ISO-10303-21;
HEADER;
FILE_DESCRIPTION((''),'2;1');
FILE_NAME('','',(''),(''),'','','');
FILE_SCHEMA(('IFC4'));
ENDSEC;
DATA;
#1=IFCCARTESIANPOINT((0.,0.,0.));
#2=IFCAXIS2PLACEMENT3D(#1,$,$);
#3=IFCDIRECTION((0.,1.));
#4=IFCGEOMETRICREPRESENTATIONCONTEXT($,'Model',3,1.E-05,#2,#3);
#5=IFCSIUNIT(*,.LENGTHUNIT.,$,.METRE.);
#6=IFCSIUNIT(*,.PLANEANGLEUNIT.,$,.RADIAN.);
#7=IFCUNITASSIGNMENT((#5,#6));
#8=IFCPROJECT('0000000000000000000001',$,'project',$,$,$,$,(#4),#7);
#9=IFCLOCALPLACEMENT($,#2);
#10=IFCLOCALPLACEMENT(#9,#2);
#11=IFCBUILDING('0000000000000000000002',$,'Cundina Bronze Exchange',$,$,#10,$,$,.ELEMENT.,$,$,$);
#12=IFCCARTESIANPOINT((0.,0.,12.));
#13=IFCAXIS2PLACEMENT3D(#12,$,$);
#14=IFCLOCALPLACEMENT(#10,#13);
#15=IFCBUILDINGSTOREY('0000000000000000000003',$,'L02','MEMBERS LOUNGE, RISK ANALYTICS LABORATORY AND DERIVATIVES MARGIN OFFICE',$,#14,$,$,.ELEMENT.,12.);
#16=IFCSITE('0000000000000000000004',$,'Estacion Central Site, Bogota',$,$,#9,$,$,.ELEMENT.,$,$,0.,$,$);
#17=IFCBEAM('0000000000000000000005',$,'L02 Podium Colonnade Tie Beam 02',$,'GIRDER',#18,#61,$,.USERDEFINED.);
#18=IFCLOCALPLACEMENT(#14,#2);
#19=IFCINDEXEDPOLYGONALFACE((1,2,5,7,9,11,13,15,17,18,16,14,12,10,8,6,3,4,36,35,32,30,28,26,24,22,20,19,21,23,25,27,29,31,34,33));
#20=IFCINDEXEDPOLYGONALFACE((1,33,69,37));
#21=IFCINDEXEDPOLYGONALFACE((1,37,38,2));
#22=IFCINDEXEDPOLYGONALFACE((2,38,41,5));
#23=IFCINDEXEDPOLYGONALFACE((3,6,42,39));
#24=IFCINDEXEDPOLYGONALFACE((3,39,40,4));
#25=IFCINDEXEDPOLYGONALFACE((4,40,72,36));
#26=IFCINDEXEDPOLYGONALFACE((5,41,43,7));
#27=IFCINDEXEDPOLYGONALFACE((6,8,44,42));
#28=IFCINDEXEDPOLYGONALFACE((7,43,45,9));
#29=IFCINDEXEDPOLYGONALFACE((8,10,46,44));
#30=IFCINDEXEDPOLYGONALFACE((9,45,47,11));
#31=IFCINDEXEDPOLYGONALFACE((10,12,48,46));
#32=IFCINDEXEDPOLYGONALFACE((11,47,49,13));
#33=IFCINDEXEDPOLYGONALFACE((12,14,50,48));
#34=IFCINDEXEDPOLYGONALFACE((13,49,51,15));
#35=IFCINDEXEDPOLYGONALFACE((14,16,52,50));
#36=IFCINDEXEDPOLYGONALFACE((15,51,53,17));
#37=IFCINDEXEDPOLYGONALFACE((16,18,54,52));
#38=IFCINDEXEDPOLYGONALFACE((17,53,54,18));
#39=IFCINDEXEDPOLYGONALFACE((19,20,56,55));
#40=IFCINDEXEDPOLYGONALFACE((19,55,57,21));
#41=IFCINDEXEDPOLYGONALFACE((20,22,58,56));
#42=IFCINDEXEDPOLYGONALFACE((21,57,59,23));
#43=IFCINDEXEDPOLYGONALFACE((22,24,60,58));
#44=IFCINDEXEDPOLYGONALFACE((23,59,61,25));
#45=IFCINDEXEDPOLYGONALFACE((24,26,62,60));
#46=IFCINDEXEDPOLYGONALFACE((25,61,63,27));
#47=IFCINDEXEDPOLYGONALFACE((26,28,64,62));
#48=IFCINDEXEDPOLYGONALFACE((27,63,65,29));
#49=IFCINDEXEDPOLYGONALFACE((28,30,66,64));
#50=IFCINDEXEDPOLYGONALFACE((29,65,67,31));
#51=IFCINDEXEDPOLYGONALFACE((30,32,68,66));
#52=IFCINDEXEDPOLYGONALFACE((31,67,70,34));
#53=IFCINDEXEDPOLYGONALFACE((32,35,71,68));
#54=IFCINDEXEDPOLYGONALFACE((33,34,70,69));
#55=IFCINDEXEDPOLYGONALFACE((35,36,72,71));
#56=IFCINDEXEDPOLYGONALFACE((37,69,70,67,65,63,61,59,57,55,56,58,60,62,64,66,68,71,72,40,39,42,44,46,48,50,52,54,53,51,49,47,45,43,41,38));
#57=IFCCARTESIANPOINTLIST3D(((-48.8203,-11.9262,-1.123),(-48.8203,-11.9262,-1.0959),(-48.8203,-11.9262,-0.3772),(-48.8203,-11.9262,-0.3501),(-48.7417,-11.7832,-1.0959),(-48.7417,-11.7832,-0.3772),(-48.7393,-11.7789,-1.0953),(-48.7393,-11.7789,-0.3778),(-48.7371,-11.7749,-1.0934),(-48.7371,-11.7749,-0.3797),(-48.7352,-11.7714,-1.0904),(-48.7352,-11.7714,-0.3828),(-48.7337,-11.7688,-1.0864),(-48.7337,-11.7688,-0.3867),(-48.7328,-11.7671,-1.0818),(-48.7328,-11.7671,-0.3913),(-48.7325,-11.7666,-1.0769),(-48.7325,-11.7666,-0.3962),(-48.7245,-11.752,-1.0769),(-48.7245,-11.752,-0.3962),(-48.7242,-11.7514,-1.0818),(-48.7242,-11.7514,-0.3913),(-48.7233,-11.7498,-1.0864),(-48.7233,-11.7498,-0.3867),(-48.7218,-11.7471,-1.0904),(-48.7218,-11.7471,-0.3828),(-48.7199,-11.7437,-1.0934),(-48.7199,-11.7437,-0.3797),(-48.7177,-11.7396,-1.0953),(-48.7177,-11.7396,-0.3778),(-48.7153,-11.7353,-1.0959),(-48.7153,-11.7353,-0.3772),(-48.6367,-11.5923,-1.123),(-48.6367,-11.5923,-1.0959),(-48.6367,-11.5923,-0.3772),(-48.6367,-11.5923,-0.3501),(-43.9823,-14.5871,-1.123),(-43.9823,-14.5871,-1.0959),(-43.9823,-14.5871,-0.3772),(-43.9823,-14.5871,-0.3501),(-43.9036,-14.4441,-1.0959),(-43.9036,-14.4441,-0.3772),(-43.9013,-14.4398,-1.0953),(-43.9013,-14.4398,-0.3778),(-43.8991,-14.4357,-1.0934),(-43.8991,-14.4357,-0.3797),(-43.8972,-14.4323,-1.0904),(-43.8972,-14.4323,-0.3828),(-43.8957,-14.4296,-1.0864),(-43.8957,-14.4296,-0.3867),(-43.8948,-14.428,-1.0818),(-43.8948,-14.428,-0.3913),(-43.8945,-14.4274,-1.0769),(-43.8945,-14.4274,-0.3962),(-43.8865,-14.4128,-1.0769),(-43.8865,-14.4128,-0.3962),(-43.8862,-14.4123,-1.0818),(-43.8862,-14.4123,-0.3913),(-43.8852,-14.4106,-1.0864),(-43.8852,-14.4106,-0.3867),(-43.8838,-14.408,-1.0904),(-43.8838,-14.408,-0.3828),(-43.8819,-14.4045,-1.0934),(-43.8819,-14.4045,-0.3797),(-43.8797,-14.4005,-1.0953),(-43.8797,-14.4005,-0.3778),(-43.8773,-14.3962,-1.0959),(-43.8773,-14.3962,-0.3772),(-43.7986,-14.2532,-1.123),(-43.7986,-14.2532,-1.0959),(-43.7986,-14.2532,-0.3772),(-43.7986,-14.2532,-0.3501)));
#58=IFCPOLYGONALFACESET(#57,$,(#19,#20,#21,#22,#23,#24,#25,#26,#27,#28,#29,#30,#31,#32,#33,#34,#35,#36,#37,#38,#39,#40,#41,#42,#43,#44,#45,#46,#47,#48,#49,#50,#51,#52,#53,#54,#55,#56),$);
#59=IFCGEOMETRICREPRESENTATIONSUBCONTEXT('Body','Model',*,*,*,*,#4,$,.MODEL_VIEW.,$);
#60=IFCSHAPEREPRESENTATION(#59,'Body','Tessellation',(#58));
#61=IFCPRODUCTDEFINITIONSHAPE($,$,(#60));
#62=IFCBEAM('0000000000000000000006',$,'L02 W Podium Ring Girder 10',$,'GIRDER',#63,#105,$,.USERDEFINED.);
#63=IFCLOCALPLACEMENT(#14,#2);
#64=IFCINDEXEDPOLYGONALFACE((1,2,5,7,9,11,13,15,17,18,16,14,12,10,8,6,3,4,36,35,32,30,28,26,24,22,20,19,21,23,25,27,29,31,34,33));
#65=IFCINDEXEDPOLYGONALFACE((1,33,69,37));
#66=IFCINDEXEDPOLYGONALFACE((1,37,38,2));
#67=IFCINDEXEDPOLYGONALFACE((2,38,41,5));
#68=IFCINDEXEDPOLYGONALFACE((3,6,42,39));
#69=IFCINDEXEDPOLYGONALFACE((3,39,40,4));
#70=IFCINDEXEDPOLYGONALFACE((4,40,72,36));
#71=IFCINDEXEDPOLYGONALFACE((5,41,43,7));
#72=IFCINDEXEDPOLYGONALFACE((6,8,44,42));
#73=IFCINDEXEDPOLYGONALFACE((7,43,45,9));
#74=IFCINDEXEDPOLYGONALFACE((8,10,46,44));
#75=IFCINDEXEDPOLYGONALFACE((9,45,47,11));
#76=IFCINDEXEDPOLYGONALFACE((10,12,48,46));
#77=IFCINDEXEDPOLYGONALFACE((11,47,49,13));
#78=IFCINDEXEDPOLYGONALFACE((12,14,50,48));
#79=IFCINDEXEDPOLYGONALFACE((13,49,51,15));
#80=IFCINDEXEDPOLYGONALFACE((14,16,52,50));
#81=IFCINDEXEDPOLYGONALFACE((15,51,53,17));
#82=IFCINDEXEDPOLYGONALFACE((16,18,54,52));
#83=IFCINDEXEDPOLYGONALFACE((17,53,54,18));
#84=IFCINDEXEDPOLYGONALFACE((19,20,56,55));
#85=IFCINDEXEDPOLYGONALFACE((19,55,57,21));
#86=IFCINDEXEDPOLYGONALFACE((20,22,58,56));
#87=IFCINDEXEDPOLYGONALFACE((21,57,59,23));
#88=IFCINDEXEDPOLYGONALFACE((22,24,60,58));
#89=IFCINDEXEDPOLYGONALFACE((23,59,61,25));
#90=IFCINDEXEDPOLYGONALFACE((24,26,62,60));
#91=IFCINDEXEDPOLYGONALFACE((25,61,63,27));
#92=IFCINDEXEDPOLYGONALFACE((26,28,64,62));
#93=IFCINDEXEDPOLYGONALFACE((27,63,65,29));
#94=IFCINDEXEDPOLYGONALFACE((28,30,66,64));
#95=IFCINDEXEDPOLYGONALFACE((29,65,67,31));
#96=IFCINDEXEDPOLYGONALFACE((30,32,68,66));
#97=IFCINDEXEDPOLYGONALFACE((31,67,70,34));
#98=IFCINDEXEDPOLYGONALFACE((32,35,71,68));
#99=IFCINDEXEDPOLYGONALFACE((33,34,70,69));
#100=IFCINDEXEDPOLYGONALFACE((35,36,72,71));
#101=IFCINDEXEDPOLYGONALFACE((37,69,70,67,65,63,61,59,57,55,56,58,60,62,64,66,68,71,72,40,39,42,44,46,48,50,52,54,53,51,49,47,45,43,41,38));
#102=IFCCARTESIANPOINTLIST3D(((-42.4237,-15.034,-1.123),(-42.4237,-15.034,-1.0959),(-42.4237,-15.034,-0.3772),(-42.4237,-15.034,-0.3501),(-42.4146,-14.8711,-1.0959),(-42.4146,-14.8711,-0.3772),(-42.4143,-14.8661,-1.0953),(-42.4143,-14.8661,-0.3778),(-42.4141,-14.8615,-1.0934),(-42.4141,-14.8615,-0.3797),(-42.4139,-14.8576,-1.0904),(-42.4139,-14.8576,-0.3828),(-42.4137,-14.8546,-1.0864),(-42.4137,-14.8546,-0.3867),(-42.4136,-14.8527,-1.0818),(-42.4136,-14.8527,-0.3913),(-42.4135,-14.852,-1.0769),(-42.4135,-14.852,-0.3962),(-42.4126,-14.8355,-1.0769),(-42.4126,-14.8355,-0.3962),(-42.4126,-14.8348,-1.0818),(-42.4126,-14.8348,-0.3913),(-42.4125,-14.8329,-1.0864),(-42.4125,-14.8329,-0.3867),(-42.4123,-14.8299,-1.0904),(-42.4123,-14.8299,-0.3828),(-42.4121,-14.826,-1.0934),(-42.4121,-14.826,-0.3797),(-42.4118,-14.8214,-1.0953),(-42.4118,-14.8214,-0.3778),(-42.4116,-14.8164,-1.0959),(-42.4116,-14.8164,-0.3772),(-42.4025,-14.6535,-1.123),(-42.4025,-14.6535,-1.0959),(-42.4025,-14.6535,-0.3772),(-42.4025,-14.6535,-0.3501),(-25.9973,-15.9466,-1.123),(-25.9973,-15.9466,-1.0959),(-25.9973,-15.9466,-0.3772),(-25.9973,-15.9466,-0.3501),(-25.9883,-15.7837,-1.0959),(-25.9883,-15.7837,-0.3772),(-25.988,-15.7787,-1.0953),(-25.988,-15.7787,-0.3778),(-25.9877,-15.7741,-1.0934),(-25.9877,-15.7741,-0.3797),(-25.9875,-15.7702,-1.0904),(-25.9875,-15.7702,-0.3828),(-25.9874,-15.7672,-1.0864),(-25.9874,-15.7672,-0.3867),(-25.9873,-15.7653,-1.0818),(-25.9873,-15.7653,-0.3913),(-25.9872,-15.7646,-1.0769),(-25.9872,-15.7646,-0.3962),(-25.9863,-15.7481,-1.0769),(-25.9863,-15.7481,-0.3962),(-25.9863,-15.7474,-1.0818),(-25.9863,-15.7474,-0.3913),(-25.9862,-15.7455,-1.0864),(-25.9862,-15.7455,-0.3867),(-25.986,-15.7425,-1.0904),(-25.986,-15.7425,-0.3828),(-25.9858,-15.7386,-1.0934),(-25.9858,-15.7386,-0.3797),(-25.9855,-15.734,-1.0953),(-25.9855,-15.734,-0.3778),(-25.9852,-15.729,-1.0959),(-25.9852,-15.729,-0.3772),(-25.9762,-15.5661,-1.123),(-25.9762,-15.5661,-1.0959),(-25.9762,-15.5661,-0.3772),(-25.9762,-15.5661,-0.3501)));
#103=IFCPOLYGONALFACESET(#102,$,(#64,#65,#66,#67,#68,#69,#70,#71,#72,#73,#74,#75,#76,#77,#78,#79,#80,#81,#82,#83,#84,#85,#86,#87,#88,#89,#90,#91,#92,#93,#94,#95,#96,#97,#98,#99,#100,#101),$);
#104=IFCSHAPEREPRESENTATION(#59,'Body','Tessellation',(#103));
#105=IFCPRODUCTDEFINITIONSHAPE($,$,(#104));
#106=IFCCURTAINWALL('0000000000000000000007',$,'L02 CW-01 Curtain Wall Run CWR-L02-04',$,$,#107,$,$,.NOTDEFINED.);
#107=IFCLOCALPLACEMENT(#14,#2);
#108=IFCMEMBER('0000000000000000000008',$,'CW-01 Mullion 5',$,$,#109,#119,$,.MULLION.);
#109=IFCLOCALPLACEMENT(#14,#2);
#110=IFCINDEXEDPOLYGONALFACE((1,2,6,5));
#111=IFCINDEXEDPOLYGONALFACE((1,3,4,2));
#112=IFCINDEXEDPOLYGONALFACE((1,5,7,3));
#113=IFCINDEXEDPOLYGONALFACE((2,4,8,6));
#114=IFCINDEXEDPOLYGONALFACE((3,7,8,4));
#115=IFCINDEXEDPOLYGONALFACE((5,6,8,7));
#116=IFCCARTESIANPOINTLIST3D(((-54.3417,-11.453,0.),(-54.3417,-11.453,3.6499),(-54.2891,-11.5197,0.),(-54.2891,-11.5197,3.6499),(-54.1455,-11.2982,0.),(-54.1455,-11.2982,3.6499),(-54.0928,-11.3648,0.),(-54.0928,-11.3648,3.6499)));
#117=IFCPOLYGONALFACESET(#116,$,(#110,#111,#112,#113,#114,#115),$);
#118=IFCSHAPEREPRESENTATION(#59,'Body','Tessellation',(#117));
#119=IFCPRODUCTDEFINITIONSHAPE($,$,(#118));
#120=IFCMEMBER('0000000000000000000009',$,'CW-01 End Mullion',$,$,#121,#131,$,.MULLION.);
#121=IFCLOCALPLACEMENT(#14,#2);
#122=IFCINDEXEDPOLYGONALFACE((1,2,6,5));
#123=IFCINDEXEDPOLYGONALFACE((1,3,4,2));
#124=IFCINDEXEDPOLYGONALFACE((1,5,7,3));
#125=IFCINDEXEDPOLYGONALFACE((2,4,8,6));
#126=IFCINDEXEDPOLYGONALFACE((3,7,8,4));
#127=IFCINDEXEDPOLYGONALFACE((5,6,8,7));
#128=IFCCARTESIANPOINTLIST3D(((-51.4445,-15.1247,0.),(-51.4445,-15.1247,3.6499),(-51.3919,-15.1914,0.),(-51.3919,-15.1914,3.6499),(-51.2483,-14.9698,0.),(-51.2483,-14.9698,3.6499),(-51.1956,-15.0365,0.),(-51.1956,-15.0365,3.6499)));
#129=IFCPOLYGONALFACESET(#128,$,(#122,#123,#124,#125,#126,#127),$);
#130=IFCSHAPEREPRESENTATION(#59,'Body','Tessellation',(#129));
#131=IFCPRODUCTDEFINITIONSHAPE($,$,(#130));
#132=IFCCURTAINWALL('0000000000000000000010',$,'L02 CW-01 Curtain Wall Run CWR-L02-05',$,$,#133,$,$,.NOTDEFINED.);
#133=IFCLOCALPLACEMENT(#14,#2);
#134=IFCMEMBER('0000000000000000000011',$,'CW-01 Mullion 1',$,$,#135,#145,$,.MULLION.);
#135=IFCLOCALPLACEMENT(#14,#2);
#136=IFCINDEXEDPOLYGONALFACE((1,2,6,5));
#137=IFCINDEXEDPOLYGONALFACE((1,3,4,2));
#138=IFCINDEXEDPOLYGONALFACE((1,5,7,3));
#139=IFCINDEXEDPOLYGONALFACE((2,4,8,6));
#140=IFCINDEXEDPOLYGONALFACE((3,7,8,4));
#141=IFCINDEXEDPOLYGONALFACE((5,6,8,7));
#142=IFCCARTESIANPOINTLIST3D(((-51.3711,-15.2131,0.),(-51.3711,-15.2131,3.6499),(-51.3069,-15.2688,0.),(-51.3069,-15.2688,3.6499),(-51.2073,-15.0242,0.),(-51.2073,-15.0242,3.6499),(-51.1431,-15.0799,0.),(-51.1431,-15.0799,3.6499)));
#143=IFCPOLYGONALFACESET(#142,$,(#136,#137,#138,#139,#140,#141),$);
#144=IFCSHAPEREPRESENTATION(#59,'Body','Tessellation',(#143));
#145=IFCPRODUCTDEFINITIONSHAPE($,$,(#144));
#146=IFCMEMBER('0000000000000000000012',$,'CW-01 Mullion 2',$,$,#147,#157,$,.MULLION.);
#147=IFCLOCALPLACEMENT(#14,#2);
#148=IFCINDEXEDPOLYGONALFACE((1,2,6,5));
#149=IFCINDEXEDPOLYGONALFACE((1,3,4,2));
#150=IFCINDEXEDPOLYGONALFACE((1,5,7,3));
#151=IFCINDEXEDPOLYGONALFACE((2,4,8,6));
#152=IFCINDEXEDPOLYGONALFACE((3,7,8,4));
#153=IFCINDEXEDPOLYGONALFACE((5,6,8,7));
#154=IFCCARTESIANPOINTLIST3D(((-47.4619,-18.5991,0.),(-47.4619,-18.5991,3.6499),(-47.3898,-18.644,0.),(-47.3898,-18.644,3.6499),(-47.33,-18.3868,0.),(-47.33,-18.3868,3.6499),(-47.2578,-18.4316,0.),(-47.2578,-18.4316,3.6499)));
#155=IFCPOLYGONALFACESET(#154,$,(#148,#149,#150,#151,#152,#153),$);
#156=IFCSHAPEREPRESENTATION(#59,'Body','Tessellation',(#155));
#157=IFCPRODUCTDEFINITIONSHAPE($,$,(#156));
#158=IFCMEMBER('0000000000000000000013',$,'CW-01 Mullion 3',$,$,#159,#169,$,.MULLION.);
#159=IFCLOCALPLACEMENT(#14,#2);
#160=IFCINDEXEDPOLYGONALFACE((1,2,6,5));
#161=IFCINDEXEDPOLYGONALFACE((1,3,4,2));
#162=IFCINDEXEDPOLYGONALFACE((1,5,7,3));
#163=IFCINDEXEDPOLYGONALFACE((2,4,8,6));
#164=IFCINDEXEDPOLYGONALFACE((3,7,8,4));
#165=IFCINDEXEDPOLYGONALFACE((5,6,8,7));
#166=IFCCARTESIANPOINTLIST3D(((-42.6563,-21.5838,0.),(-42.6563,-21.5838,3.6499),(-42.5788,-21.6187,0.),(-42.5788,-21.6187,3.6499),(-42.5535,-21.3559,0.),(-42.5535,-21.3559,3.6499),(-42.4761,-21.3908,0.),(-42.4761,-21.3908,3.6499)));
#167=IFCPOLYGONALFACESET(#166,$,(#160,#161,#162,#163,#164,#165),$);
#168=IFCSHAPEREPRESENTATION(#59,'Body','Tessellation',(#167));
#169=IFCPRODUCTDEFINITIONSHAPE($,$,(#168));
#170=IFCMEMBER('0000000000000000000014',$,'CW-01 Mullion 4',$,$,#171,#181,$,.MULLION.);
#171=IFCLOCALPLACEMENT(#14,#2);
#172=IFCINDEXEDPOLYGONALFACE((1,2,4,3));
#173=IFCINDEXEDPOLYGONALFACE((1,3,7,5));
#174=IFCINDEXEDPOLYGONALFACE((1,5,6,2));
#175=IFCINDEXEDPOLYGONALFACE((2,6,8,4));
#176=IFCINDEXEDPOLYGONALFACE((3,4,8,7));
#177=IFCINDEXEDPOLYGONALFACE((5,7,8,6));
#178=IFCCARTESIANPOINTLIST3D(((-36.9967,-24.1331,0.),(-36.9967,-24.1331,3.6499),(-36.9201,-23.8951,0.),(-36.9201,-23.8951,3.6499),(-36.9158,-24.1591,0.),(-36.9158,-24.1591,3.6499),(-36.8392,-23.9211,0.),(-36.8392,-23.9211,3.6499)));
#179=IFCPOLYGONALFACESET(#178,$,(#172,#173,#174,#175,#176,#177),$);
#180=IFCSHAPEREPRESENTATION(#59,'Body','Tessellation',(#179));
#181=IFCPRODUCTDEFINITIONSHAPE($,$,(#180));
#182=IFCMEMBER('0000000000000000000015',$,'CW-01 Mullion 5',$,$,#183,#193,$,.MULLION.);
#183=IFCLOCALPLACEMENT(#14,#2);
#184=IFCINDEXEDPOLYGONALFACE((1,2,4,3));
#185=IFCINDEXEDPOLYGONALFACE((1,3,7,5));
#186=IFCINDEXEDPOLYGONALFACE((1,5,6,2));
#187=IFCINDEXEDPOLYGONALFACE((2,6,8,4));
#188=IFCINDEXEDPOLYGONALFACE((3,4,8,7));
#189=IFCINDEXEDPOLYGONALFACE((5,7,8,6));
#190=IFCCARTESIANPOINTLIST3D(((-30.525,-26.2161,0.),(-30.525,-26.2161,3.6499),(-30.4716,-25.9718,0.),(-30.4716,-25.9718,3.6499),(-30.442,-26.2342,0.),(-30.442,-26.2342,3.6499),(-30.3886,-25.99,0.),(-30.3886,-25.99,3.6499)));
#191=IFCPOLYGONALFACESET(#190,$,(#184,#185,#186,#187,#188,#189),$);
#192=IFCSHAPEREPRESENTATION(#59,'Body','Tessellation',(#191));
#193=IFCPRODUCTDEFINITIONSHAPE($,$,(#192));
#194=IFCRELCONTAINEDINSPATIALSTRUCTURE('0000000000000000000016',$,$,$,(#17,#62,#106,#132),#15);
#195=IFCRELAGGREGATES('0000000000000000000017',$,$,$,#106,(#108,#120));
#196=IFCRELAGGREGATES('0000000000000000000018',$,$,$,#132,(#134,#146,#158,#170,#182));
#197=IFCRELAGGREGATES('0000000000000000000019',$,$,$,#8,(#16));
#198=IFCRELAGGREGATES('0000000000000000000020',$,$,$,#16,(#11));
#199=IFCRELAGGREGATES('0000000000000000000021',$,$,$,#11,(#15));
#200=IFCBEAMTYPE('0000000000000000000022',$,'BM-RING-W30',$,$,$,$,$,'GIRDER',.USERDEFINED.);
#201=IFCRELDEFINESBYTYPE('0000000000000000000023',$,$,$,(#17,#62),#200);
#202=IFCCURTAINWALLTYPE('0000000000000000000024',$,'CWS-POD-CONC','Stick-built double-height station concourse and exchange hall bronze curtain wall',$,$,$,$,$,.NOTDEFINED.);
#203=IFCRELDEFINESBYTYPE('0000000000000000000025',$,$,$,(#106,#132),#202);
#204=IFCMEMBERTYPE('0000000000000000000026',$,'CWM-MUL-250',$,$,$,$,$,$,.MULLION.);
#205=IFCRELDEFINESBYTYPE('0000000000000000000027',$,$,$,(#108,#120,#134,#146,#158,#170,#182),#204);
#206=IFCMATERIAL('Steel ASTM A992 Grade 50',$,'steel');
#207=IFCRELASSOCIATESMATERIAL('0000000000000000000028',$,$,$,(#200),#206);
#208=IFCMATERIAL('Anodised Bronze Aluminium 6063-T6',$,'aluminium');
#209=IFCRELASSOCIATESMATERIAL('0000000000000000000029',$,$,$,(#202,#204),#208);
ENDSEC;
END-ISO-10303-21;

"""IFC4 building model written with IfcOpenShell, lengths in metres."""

from ifc_helpers import new_model, si_unit, direction, frame, origin, origin_2d, place, context, subcontext, project, spatial, rectangle, i_section, extrude, material, material_profile, profile_set, type_object, element, aggregate, save


model = new_model("IFC4")

# Units and contexts
model_context = context("Model", 3, precision=1e-05, world=origin(), true_north=direction((0.0, 1.0)))
body_context = subcontext(model_context, "Body", "Model", "MODEL_VIEW")
ifc_project = project(units=[si_unit("LENGTHUNIT", "METRE"), si_unit("PLANEANGLEUNIT", "RADIAN")], contexts=[model_context])

# Site, building, storey
site_placement = place(None, origin())
site = spatial("IfcSite", under=ifc_project, at=site_placement, Name="Estacion Central Site, Bogota", CompositionType="ELEMENT", RefElevation=0.0)
building_placement = place(site_placement, origin())
building = spatial("IfcBuilding", under=site, at=building_placement, Name="Cundina Bronze Exchange", CompositionType="ELEMENT")
storey_placement = place(building_placement, frame((0.0, 0.0, 12.0)))
storey = spatial("IfcBuildingStorey", under=building, at=storey_placement, Name="L02", Description="MEMBERS LOUNGE, RISK ANALYTICS LABORATORY AND DERIVATIVES MARGIN OFFICE", CompositionType="ELEMENT", Elevation=12.0)

# Beams
ifc_material_1 = material(Name="Steel ASTM A992 Grade 50", Category="steel")
ifc_material_profile_1 = material_profile(ifc_material_1, i_section(OverallWidth=0.3811, OverallDepth=0.7729, WebThickness=0.0166, FlangeThickness=0.0271, FilletRadius=0.019, at=origin_2d()), Name="W30X173", Category="steel")
ifc_profile_set_1 = profile_set([ifc_material_profile_1], Name="Steel ASTM A992 Grade 50")
beam_type_1 = type_object("IfcBeamType", Name="BM-RING-W30", ElementType="GIRDER", PredefinedType="USERDEFINED", material=ifc_profile_set_1)
beam_1_placement = place(storey_placement, frame((-48.7285, -11.7593, -0.7366), z_axis=(0.876222, -0.481907, 0.0), x_axis=(0.481907, 0.876222, 0.0)))
element("IfcBeam", 1, at=beam_1_placement, inside=storey, type_object=beam_type_1, Name="L02 Podium Colonnade Tie Beam 02", ObjectType="GIRDER", PredefinedType="USERDEFINED", context=body_context, shape_type="SweptSolid", body=[
    extrude(i_section(OverallWidth=0.3811, OverallDepth=0.7729, WebThickness=0.0166, FlangeThickness=0.0271, FilletRadius=0.019, at=origin_2d()), origin(), (0.0, 0.0, 1.0), 5.5215),
])
beam_2_placement = place(storey_placement, frame((-42.4131, -14.8438, -0.7366), z_axis=(0.99846, -0.055472, 0.0), x_axis=(0.055472, 0.99846, 0.0)))
element("IfcBeam", 2, at=beam_2_placement, inside=storey, type_object=beam_type_1, Name="L02 W Podium Ring Girder 10", ObjectType="GIRDER", PredefinedType="USERDEFINED", context=body_context, shape_type="SweptSolid", body=[
    extrude(i_section(OverallWidth=0.3811, OverallDepth=0.7729, WebThickness=0.0166, FlangeThickness=0.0271, FilletRadius=0.019, at=origin_2d()), origin(), (0.0, 0.0, 1.0), 16.4517),
])

# Curtain walls, members
ifc_material_2 = material(Name="Anodised Bronze Aluminium 6063-T6", Category="aluminium")
curtain_wall_type = type_object("IfcCurtainWallType", Name="CWS-POD-CONC", Description="Stick-built double-height station concourse and exchange hall bronze curtain wall", PredefinedType="NOTDEFINED", material=ifc_material_2)
curtain_wall_1_placement = place(storey_placement, origin())
curtain_wall_1 = element("IfcCurtainWall", 3, at=curtain_wall_1_placement, inside=storey, type_object=curtain_wall_type, Name="L02 CW-01 Curtain Wall Run CWR-L02-04", PredefinedType="NOTDEFINED")
ifc_material_profile_2 = material_profile(ifc_material_2, rectangle(XDim=0.085, YDim=0.25, at=origin_2d()), Name="AL85X250", Category="aluminium")
ifc_profile_set_2 = profile_set([ifc_material_profile_2], Name="Anodised Bronze Aluminium 6063-T6")
member_type_1 = type_object("IfcMemberType", Name="CWM-MUL-250", PredefinedType="MULLION", material=ifc_profile_set_2)
member_1_placement = place(storey_placement, frame((-54.2173, -11.4089, 0.0), z_axis=(0.0, 0.0, 1.0), x_axis=(0.619505, -0.784993, 0.0)))
member_1 = element("IfcMember", 4, at=member_1_placement, type_object=member_type_1, Name="CW-01 Mullion 5", PredefinedType="MULLION", context=body_context, shape_type="SweptSolid", body=[
    extrude(rectangle(XDim=0.085, YDim=0.25, at=origin_2d()), origin(), (0.0, 0.0, 1.0), 3.6499),
])
member_2_placement = place(storey_placement, frame((-51.3201, -15.0806, 0.0), z_axis=(0.0, 0.0, 1.0), x_axis=(0.619505, -0.784993, 0.0)))
member_2 = element("IfcMember", 5, at=member_2_placement, type_object=member_type_1, Name="CW-01 End Mullion", PredefinedType="MULLION", context=body_context, shape_type="SweptSolid", body=[
    extrude(rectangle(XDim=0.085, YDim=0.25, at=origin_2d()), origin(), (0.0, 0.0, 1.0), 3.6499),
])
curtain_wall_2_placement = place(storey_placement, origin())
curtain_wall_2 = element("IfcCurtainWall", 6, at=curtain_wall_2_placement, inside=storey, type_object=curtain_wall_type, Name="L02 CW-01 Curtain Wall Run CWR-L02-05", PredefinedType="NOTDEFINED")
member_3_placement = place(storey_placement, frame((-51.2571, -15.1465, 0.0), z_axis=(0.0, 0.0, 1.0), x_axis=(0.755511, -0.655136, 0.0)))
member_3 = element("IfcMember", 7, at=member_3_placement, type_object=member_type_1, Name="CW-01 Mullion 1", PredefinedType="MULLION", context=body_context, shape_type="SweptSolid", body=[
    extrude(rectangle(XDim=0.085, YDim=0.25, at=origin_2d()), origin(), (0.0, 0.0, 1.0), 3.6499),
])
member_4_placement = place(storey_placement, frame((-47.3599, -18.5154, 0.0), z_axis=(0.0, 0.0, 1.0), x_axis=(0.84934, -0.527846, 0.0)))
member_4 = element("IfcMember", 8, at=member_4_placement, type_object=member_type_1, Name="CW-01 Mullion 2", PredefinedType="MULLION", context=body_context, shape_type="SweptSolid", body=[
    extrude(rectangle(XDim=0.085, YDim=0.25, at=origin_2d()), origin(), (0.0, 0.0, 1.0), 3.6499),
])
member_5_placement = place(storey_placement, frame((-42.5662, -21.4873, 0.0), z_axis=(0.0, 0.0, 1.0), x_axis=(0.911619, -0.411037, 0.0)))
member_5 = element("IfcMember", 9, at=member_5_placement, type_object=member_type_1, Name="CW-01 Mullion 3", PredefinedType="MULLION", context=body_context, shape_type="SweptSolid", body=[
    extrude(rectangle(XDim=0.085, YDim=0.25, at=origin_2d()), origin(), (0.0, 0.0, 1.0), 3.6499),
])
member_6_placement = place(storey_placement, frame((-36.918, -24.0271, 0.0), z_axis=(0.0, 0.0, 1.0), x_axis=(0.951862, -0.306526, 0.0)))
member_6 = element("IfcMember", 10, at=member_6_placement, type_object=member_type_1, Name="CW-01 Mullion 4", PredefinedType="MULLION", context=body_context, shape_type="SweptSolid", body=[
    extrude(rectangle(XDim=0.085, YDim=0.25, at=origin_2d()), origin(), (0.0, 0.0, 1.0), 3.6499),
])
member_7_placement = place(storey_placement, frame((-30.4568, -26.103, 0.0), z_axis=(0.0, 0.0, 1.0), x_axis=(0.976897, -0.213712, 0.0)))
member_7 = element("IfcMember", 11, at=member_7_placement, type_object=member_type_1, Name="CW-01 Mullion 5", PredefinedType="MULLION", context=body_context, shape_type="SweptSolid", body=[
    extrude(rectangle(XDim=0.085, YDim=0.25, at=origin_2d()), origin(), (0.0, 0.0, 1.0), 3.6499),
])

aggregate(curtain_wall_1, [member_1, member_2])
aggregate(curtain_wall_2, [member_3, member_4, member_5, member_6, member_7])

save(model, "model.ifc")
